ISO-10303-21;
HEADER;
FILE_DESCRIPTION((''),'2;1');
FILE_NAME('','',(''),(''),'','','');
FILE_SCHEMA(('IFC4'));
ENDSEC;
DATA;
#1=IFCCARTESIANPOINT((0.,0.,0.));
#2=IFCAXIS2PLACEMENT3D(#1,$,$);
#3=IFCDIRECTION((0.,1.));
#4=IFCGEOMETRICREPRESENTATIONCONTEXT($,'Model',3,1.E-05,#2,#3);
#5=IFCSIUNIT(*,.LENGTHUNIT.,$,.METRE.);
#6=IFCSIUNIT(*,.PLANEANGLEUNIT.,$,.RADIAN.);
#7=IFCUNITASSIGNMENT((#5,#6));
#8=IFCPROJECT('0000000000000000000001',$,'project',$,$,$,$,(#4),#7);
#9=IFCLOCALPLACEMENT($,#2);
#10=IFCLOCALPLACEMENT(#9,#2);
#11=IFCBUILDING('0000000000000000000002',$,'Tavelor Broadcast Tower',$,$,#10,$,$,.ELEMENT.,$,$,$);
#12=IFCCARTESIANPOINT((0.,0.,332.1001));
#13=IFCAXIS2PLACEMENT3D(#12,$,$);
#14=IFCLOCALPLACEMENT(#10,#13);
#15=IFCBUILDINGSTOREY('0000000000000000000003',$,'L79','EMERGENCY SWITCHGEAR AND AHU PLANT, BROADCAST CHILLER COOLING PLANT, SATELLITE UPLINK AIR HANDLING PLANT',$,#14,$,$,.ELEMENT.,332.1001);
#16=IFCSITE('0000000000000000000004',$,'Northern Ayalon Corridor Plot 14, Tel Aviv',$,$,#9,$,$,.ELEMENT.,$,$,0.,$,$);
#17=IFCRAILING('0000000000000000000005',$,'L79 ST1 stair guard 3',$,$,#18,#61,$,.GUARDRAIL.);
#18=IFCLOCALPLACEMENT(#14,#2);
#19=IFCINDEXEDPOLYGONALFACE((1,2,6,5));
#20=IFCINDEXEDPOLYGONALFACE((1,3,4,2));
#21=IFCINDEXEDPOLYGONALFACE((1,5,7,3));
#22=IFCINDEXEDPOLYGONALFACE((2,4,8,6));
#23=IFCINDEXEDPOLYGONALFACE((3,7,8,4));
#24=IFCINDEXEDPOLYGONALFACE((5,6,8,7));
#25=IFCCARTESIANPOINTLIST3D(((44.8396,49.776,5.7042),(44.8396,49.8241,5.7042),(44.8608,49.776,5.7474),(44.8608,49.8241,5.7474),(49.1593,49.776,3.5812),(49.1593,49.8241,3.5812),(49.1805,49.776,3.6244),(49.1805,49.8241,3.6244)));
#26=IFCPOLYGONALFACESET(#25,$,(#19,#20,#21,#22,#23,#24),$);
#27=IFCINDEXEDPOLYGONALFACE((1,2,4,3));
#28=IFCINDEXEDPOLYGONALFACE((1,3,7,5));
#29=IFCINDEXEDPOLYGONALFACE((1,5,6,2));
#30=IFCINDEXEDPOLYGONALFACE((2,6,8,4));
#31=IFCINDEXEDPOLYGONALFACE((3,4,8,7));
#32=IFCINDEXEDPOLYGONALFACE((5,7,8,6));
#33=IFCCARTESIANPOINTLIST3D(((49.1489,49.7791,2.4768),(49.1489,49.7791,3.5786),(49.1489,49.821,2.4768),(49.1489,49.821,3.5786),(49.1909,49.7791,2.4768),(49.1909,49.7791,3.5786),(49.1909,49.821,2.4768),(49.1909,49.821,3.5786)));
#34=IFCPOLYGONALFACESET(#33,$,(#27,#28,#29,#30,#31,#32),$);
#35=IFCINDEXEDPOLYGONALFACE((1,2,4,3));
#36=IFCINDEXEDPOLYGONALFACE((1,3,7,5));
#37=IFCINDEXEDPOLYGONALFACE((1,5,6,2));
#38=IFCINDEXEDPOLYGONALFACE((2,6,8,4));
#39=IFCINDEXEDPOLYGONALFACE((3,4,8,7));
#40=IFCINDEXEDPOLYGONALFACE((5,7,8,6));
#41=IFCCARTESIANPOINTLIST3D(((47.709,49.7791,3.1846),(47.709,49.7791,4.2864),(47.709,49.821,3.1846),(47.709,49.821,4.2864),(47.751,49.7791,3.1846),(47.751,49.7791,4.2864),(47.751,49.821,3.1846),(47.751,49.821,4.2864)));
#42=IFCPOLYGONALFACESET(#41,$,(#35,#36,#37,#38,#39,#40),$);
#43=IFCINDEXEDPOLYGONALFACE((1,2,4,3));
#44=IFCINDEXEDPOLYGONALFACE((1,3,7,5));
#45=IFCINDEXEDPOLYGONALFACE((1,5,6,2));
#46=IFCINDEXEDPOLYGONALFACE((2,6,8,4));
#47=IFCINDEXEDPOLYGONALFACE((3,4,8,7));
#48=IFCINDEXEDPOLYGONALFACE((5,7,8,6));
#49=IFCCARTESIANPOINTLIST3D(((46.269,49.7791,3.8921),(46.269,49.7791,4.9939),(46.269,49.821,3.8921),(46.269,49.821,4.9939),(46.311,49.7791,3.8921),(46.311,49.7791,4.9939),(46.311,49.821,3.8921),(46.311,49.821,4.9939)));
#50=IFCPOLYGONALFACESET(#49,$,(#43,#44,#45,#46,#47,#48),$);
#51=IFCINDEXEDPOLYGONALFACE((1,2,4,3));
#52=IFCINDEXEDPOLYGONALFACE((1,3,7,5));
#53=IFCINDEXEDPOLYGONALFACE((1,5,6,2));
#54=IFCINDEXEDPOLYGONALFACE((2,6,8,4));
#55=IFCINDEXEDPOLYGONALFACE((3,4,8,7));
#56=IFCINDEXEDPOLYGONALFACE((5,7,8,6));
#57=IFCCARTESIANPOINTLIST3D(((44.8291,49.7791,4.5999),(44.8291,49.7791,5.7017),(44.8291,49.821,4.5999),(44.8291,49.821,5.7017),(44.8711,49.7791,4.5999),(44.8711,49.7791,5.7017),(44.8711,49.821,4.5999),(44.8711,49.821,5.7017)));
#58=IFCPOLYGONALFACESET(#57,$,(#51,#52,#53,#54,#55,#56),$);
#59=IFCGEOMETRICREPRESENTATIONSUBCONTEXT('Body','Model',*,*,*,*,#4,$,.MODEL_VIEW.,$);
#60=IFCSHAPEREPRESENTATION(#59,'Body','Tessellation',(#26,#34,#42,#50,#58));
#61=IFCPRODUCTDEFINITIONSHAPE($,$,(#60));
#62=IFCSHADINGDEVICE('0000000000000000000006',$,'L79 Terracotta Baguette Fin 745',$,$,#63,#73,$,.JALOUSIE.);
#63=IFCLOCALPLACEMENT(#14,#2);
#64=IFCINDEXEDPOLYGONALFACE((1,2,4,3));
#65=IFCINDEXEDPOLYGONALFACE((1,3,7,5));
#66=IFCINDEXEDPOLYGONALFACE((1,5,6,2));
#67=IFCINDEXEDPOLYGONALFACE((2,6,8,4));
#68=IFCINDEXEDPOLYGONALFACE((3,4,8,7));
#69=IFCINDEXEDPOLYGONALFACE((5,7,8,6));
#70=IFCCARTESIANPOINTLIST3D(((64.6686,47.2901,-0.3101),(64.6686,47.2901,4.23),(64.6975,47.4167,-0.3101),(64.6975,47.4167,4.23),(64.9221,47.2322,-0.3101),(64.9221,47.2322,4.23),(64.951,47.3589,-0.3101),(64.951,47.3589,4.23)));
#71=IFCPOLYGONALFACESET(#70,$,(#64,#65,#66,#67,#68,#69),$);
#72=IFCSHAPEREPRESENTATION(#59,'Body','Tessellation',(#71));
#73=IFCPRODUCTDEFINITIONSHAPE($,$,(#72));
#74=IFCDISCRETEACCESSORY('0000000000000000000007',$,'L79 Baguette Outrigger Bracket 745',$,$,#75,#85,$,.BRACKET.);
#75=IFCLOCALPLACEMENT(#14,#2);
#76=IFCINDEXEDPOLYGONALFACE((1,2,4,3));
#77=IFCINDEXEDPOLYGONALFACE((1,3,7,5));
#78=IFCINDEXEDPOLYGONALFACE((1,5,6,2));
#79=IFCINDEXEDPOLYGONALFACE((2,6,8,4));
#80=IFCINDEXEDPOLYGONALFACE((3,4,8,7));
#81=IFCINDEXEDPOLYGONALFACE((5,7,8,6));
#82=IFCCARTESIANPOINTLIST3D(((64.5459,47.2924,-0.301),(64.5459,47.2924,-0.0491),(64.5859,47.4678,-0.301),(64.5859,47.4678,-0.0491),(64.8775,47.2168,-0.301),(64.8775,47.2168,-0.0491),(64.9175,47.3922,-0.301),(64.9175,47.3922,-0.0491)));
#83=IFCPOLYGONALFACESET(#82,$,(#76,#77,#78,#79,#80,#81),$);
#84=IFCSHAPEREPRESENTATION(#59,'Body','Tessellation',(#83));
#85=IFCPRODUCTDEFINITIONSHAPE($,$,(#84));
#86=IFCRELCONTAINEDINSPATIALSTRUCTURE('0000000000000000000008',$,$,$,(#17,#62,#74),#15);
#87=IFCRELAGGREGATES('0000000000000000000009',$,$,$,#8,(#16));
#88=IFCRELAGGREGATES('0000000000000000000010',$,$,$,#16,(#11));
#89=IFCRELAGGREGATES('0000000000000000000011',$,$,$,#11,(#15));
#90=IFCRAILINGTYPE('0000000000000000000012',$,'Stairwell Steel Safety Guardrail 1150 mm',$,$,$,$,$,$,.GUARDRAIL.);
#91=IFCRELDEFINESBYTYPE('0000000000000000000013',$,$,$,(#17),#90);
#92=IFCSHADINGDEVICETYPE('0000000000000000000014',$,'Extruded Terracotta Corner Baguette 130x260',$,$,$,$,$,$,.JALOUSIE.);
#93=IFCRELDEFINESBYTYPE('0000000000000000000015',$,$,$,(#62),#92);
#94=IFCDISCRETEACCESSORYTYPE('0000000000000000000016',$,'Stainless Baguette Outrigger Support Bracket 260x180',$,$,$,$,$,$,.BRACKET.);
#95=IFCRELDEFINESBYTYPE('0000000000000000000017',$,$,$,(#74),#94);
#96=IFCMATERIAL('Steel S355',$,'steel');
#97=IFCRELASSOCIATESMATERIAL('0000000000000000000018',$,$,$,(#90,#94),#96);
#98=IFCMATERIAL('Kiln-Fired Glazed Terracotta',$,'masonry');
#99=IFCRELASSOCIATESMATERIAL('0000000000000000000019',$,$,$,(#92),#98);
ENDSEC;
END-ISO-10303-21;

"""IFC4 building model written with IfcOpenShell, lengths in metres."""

from ifc_helpers import new_model, si_unit, direction, frame, origin, origin_2d, place, context, subcontext, project, spatial, rectangle, extrude, source, transform, mapped, material, type_object, type_shapes, element, save


model = new_model("IFC4")

# Units and contexts
model_context = context("Model", 3, precision=1e-05, world=origin(), true_north=direction((0.0, 1.0)))
body_context = subcontext(model_context, "Body", "Model", "MODEL_VIEW")
ifc_project = project(units=[si_unit("LENGTHUNIT", "METRE"), si_unit("PLANEANGLEUNIT", "RADIAN")], contexts=[model_context])

# Site, building, storey
site_placement = place(None, origin())
site = spatial("IfcSite", under=ifc_project, at=site_placement, Name="Northern Ayalon Corridor Plot 14, Tel Aviv", CompositionType="ELEMENT", RefElevation=0.0)
building_placement = place(site_placement, origin())
building = spatial("IfcBuilding", under=site, at=building_placement, Name="Tavelor Broadcast Tower", CompositionType="ELEMENT")
storey_placement = place(building_placement, frame((0.0, 0.0, 332.1001)))
storey = spatial("IfcBuildingStorey", under=building, at=storey_placement, Name="L79", Description="EMERGENCY SWITCHGEAR AND AHU PLANT, BROADCAST CHILLER COOLING PLANT, SATELLITE UPLINK AIR HANDLING PLANT", CompositionType="ELEMENT", Elevation=332.1001)

# Shared definitions
ifc_material_1 = material(Name="Steel S355", Category="steel")

# Railing
railing_type_1 = type_object("IfcRailingType", Name="Stairwell Steel Safety Guardrail 1150 mm", PredefinedType="GUARDRAIL", material=ifc_material_1)
railing_1_placement = place(storey_placement, frame((49.1699, 49.8, 2.4768)))
element("IfcRailing", 1, at=railing_1_placement, inside=storey, type_object=railing_type_1, Name="L79 ST1 stair guard 3", PredefinedType="GUARDRAIL", context=body_context, shape_type="SweptSolid", body=[
    extrude(rectangle(XDim=0.0481, YDim=0.0481, at=origin_2d()), frame((0.0, 0.0, 1.126), z_axis=(-0.89747, 0.0, 0.441076), x_axis=(0.0, -1.0, 0.0)), (0.0, 0.0, 1.0), 4.8132),
    extrude(rectangle(XDim=0.042, YDim=0.042, at=origin_2d()), origin(), (0.0, 0.0, 1.0), 1.1018),
    extrude(rectangle(XDim=0.042, YDim=0.042, at=origin_2d()), frame((-1.4399, 0.0, 0.7078)), (0.0, 0.0, 1.0), 1.1018),
    extrude(rectangle(XDim=0.042, YDim=0.042, at=origin_2d()), frame((-2.8799, 0.0, 1.4153)), (0.0, 0.0, 1.0), 1.1018),
    extrude(rectangle(XDim=0.042, YDim=0.042, at=origin_2d()), frame((-4.3198, 0.0, 2.123)), (0.0, 0.0, 1.0), 1.1018),
])

# Shading device
ifc_material_2 = material(Name="Kiln-Fired Glazed Terracotta", Category="masonry")
shading_device_type = type_object("IfcShadingDeviceType", Name="Extruded Terracotta Corner Baguette 130x260", PredefinedType="JALOUSIE", material=ifc_material_2)
shared_shape_1 = source(origin(), body_context, "Body", "SweptSolid", [
    extrude(rectangle(XDim=0.1299, YDim=0.26, at=origin_2d()), origin(), (0.0, 0.0, 1.0), 4.54),
])
type_shapes(shading_device_type, [shared_shape_1])
shading_device_placement = place(storey_placement, frame((64.8098, 47.3245, -0.3101), z_axis=(0.0, 0.0, 1.0), x_axis=(0.222399, 0.974956, 0.0)))
element("IfcShadingDevice", 2, at=shading_device_placement, inside=storey, type_object=shading_device_type, Name="L79 Terracotta Baguette Fin 745", PredefinedType="JALOUSIE", context=body_context, shape_type="MappedRepresentation", body=[
    mapped(shared_shape_1, transform((0.0, 0.0, 0.0), scale=1.0)),
])

# Discrete accessory
discrete_accessory_type = type_object("IfcDiscreteAccessoryType", Name="Stainless Baguette Outrigger Support Bracket 260x180", PredefinedType="BRACKET", material=ifc_material_1)
shared_shape_2 = source(origin(), body_context, "Body", "SweptSolid", [
    extrude(rectangle(XDim=0.1799, YDim=0.3401, at=origin_2d()), origin(), (0.0, 0.0, 1.0), 0.252),
])
type_shapes(discrete_accessory_type, [shared_shape_2])
discrete_accessory_placement = place(storey_placement, frame((64.7317, 47.3423, -0.301), z_axis=(0.0, 0.0, 1.0), x_axis=(0.222399, 0.974956, 0.0)))
element("IfcDiscreteAccessory", 3, at=discrete_accessory_placement, inside=storey, type_object=discrete_accessory_type, Name="L79 Baguette Outrigger Bracket 745", PredefinedType="BRACKET", context=body_context, shape_type="MappedRepresentation", body=[
    mapped(shared_shape_2, transform((0.0, 0.0, 0.0), scale=1.0)),
])

save(model, "model.ifc")
